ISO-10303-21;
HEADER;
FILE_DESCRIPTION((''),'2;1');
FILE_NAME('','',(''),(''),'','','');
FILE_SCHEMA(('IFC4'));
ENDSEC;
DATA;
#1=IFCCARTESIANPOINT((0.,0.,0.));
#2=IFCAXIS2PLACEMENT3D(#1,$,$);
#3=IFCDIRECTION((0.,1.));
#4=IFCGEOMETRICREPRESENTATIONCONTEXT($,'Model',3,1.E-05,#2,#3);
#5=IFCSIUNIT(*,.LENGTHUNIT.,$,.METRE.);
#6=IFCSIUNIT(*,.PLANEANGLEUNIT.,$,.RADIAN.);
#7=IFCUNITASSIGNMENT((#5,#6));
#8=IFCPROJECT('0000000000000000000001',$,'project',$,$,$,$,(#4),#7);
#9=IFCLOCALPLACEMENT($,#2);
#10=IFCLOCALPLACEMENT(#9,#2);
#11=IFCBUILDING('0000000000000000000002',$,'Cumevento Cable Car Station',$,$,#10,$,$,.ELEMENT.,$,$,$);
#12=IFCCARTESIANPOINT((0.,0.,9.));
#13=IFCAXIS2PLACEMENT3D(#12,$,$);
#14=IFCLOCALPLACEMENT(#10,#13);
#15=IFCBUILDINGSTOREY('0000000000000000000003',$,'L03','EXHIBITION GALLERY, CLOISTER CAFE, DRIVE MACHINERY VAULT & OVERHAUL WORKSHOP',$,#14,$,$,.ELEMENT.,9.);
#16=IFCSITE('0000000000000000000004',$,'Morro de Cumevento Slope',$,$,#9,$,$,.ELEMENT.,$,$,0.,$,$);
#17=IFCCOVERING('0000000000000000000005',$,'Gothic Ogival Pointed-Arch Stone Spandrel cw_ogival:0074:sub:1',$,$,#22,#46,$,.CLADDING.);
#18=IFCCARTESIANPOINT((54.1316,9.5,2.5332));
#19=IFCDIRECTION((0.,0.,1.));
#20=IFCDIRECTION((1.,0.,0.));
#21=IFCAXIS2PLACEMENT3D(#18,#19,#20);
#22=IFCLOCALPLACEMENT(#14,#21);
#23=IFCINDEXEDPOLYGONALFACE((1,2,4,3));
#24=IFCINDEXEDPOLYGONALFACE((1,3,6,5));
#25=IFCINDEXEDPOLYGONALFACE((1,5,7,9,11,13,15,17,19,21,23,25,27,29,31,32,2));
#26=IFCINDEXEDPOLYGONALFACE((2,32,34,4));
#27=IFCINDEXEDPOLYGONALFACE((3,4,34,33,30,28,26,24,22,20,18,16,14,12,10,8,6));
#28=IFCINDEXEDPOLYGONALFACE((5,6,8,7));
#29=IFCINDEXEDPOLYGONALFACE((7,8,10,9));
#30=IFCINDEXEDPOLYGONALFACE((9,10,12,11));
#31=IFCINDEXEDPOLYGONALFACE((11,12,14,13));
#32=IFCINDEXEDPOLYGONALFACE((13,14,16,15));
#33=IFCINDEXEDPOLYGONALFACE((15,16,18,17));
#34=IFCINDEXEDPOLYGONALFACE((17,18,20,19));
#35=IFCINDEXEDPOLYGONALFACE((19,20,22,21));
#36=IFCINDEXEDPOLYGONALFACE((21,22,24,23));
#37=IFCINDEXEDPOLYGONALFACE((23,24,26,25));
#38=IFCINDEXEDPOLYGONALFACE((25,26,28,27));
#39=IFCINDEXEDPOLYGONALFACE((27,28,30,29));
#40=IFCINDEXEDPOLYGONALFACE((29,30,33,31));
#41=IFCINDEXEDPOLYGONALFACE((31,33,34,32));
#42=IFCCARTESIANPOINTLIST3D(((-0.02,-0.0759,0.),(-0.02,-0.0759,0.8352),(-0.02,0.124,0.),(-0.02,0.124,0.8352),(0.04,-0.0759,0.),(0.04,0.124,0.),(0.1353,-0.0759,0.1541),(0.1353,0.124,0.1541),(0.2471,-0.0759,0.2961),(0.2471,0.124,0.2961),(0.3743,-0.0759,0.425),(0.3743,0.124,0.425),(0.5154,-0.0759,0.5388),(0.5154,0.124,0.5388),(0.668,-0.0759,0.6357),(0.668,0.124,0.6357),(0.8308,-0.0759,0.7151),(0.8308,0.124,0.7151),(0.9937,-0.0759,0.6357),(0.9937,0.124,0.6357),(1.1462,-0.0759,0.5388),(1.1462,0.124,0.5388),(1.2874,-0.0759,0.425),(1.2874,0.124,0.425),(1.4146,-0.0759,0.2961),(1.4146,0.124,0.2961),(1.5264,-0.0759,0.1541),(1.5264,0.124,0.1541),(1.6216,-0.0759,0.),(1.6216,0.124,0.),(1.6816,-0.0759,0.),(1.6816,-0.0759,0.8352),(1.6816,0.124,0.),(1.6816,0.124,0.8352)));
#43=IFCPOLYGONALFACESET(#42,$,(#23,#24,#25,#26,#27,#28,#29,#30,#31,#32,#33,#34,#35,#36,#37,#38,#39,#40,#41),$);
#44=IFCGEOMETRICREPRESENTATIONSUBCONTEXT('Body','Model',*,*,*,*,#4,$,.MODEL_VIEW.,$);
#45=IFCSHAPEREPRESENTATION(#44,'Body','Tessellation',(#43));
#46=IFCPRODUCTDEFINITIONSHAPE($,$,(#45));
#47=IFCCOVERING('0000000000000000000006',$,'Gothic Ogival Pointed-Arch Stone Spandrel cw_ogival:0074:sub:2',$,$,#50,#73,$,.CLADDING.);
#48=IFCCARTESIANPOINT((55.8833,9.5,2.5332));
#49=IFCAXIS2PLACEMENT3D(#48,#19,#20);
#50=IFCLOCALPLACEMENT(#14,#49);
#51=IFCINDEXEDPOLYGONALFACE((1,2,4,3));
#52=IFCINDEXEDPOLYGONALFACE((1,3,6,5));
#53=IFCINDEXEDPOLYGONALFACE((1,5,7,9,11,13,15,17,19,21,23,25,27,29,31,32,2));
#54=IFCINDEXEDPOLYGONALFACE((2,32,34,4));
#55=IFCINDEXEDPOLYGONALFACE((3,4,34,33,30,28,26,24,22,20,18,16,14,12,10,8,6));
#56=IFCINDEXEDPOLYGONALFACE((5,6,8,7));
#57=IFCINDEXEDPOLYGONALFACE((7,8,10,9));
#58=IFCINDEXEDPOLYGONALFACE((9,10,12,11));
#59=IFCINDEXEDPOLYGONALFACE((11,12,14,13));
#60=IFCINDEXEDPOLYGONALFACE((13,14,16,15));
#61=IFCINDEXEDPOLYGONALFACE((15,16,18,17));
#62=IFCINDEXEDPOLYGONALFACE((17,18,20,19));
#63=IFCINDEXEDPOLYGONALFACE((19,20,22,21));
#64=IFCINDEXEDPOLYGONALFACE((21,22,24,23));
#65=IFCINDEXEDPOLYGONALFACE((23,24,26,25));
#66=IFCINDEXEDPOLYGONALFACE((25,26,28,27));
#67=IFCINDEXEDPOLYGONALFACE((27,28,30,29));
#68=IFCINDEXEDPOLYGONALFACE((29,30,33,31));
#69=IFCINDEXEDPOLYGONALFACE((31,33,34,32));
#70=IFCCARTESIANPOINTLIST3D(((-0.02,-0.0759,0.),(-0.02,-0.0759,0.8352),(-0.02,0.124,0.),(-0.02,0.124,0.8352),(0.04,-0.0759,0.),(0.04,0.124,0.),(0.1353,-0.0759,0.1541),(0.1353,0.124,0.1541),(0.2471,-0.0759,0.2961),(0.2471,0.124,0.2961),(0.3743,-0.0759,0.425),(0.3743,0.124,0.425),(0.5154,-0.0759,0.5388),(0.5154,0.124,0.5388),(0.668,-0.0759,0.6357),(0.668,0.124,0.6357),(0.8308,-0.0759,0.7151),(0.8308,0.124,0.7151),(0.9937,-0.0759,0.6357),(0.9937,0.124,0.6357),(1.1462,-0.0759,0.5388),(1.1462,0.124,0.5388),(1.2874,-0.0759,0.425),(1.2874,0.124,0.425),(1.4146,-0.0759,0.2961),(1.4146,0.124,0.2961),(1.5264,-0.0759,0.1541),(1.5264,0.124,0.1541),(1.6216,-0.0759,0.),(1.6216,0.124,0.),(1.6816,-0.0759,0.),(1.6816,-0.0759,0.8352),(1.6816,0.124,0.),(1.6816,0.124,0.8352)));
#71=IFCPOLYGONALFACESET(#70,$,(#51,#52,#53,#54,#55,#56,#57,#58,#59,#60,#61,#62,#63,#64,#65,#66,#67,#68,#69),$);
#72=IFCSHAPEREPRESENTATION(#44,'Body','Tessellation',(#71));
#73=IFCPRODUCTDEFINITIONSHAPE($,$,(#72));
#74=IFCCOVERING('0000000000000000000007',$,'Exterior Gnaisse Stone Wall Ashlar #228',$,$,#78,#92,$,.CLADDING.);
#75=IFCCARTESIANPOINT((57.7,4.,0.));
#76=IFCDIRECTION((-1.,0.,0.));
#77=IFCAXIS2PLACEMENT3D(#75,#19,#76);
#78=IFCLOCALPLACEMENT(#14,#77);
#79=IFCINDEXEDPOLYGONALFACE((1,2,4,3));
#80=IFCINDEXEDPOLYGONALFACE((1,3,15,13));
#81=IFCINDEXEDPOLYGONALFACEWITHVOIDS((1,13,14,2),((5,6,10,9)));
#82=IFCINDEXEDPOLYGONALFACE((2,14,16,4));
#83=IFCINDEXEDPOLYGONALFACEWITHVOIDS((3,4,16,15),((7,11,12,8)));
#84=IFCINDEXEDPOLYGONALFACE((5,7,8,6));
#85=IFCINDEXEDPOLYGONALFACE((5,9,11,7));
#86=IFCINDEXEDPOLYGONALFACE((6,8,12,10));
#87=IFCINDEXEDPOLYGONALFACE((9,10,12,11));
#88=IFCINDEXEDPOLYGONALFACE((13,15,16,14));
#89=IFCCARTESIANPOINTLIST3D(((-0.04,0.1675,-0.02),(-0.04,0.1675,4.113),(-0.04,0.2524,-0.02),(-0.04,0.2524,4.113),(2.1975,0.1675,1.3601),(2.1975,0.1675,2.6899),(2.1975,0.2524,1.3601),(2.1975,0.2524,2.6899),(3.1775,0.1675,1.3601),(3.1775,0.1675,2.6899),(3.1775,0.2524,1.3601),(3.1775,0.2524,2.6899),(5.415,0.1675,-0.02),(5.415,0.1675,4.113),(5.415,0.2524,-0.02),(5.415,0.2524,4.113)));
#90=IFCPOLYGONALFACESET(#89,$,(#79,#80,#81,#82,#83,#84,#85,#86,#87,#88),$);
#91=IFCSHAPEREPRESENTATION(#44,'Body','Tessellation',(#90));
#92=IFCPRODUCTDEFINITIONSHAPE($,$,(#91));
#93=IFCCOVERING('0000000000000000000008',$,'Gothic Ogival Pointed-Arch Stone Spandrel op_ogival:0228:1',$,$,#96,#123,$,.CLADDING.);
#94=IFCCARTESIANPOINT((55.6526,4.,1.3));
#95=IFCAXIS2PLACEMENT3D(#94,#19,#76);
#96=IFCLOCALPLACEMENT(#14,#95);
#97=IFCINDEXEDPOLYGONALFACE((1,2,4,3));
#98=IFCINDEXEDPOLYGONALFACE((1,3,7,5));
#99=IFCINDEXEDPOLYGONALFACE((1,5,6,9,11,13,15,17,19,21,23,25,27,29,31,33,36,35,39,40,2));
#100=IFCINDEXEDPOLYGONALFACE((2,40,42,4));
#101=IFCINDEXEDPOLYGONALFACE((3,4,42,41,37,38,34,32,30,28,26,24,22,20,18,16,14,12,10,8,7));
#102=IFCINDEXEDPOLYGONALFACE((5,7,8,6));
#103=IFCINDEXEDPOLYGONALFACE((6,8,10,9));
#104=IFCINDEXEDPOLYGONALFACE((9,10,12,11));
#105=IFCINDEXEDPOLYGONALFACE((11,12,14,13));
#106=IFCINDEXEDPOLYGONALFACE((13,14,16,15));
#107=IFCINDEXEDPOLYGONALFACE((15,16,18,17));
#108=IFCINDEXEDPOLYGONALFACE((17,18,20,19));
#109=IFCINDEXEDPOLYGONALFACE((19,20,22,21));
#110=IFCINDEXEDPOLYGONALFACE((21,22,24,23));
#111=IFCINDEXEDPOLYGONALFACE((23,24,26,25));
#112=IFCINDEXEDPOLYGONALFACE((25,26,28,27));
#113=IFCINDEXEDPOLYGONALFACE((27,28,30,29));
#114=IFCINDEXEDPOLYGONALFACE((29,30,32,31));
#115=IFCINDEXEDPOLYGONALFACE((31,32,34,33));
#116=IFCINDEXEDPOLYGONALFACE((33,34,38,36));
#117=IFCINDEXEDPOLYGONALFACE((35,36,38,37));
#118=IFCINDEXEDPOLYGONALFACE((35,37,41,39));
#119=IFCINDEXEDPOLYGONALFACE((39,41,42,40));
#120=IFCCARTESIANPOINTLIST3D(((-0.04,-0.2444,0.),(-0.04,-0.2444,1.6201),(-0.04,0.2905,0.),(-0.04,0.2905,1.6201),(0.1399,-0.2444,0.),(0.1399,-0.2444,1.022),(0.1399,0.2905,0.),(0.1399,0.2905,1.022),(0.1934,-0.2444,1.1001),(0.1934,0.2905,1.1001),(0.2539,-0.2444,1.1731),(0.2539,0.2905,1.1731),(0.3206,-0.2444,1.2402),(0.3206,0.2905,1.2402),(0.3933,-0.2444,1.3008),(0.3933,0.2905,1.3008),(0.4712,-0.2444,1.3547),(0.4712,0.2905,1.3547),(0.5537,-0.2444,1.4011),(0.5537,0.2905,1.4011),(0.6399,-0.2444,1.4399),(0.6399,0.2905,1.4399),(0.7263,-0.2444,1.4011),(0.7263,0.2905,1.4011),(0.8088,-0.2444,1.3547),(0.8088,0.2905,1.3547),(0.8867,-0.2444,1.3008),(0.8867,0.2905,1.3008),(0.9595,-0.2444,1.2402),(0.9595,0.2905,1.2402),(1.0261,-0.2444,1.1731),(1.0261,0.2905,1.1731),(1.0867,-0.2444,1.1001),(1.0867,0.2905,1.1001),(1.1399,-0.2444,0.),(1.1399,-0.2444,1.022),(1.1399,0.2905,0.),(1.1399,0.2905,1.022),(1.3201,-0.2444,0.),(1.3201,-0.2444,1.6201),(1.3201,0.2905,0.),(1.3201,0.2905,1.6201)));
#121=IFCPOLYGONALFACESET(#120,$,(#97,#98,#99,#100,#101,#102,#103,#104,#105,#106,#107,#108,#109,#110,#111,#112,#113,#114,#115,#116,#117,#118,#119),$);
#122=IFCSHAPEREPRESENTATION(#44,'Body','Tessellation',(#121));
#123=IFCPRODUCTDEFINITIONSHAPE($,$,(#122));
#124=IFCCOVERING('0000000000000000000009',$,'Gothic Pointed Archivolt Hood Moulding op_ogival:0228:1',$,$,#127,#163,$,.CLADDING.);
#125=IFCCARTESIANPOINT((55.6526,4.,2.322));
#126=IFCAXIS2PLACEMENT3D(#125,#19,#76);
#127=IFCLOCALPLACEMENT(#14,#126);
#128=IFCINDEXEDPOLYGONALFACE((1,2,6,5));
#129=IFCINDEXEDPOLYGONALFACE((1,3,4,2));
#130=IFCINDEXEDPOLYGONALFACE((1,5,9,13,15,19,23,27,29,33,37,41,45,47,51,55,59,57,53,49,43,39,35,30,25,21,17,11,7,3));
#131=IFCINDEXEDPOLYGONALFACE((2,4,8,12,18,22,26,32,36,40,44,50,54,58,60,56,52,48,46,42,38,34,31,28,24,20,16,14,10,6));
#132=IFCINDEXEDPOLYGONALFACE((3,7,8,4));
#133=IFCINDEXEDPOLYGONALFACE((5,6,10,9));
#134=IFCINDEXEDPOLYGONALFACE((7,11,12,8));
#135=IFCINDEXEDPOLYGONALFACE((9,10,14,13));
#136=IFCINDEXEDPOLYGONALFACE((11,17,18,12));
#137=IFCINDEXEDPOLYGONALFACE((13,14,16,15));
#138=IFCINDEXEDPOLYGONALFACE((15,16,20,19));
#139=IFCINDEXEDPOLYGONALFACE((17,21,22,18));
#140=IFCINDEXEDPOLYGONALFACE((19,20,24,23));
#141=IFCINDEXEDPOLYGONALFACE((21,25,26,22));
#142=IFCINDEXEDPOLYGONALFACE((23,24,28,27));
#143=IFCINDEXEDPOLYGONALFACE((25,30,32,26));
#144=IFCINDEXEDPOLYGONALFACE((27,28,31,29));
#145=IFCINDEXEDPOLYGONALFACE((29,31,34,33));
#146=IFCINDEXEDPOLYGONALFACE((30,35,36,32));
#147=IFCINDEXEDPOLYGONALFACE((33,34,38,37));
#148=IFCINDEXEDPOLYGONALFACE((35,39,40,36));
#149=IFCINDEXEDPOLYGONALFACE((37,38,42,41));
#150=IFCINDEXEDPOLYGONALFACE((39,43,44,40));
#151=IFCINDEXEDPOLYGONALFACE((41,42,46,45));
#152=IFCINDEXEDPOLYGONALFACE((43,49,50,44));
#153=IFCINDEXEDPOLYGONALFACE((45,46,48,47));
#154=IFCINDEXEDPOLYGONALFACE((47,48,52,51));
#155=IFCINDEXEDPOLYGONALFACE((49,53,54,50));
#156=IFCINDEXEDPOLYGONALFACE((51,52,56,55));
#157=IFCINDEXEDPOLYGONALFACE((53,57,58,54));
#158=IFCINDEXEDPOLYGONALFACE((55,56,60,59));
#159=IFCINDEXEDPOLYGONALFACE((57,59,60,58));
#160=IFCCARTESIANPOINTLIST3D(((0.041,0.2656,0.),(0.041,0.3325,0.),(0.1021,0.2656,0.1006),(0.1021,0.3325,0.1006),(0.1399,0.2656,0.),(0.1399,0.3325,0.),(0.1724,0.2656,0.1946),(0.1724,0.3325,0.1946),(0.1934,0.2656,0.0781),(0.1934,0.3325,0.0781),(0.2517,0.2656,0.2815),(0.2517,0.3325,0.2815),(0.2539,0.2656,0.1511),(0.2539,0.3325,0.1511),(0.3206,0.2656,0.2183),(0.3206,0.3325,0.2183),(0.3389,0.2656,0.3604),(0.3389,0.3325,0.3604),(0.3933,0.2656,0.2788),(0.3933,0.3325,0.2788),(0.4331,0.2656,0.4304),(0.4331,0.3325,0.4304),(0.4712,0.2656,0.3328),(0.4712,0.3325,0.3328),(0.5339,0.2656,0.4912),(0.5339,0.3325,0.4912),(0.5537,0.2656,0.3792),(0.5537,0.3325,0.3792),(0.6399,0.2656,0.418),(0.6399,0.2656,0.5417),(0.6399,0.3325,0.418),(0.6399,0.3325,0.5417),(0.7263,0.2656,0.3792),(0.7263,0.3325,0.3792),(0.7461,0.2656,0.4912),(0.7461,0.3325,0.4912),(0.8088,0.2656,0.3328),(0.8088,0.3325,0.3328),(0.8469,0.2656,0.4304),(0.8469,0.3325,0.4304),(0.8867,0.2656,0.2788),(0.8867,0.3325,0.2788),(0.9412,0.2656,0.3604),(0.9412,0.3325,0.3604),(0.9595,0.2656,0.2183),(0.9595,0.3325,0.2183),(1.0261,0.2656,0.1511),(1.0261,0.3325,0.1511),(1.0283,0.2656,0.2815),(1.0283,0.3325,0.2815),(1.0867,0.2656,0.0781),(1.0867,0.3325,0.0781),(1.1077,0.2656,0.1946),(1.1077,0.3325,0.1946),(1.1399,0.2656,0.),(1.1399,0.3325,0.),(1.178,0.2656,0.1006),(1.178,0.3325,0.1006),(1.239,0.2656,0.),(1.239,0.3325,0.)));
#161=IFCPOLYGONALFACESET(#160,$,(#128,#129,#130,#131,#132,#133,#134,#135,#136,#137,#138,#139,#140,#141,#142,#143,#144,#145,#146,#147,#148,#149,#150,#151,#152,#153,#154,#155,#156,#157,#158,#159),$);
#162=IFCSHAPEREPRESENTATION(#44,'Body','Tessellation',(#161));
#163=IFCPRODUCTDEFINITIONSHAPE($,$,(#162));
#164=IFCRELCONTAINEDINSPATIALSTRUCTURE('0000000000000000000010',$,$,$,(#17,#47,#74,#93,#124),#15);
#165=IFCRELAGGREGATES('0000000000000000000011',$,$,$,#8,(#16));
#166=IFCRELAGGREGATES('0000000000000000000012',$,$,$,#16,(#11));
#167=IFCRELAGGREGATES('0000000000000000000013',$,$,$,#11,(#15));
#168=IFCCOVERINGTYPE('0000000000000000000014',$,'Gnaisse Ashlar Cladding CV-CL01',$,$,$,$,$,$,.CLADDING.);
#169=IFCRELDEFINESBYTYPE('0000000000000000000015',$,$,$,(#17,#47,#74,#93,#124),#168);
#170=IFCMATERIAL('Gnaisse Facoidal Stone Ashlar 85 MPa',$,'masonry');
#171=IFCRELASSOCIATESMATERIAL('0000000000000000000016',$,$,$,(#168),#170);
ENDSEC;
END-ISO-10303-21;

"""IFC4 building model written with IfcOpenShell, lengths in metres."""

from ifc_helpers import new_model, si_unit, direction, frame, origin, place, context, subcontext, project, spatial, polyline, outline, extrude, material, type_object, element, save


model = new_model("IFC4")

# Units and contexts
model_context = context("Model", 3, precision=1e-05, world=origin(), true_north=direction((0.0, 1.0)))
body_context = subcontext(model_context, "Body", "Model", "MODEL_VIEW")
ifc_project = project(units=[si_unit("LENGTHUNIT", "METRE"), si_unit("PLANEANGLEUNIT", "RADIAN")], contexts=[model_context])

# Site, building, storey
site_placement = place(None, origin())
site = spatial("IfcSite", under=ifc_project, at=site_placement, Name="Morro de Cumevento Slope", CompositionType="ELEMENT", RefElevation=0.0)
building_placement = place(site_placement, origin())
building = spatial("IfcBuilding", under=site, at=building_placement, Name="Cumevento Cable Car Station", CompositionType="ELEMENT")
storey_placement = place(building_placement, frame((0.0, 0.0, 9.0)))
storey = spatial("IfcBuildingStorey", under=building, at=storey_placement, Name="L03", Description="EXHIBITION GALLERY, CLOISTER CAFE, DRIVE MACHINERY VAULT & OVERHAUL WORKSHOP", CompositionType="ELEMENT", Elevation=9.0)

# Coverings
ifc_material_1 = material(Name="Gnaisse Facoidal Stone Ashlar 85 MPa", Category="masonry")
covering_type = type_object("IfcCoveringType", Name="Gnaisse Ashlar Cladding CV-CL01", PredefinedType="CLADDING", material=ifc_material_1)
for number, where, z_axis, x_axis, name in (
    (1, (54.1316, 9.5, 2.5332), (0.0, 0.0, 1.0), (1.0, 0.0, 0.0), "Gothic Ogival Pointed-Arch Stone Spandrel cw_ogival:0074:sub:1"),
    (2, (55.8833, 9.5, 2.5332), (0.0, 0.0, 1.0), (1.0, 0.0, 0.0), "Gothic Ogival Pointed-Arch Stone Spandrel cw_ogival:0074:sub:2"),
):
    element("IfcCovering", number, at=place(storey_placement, frame(where, z_axis=z_axis, x_axis=x_axis)), inside=storey, type_object=covering_type, Name=name, PredefinedType="CLADDING", context=body_context, shape_type="SweptSolid", body=[
        extrude(outline(polyline([(-0.02, 0.0), (-0.02, 0.8352), (1.6816, 0.8352), (1.6816, 0.0), (1.6216, 0.0), (1.5264, 0.1541), (1.4146, 0.2961), (1.2874, 0.425), (1.1462, 0.5388), (0.9937, 0.6357), (0.8308, 0.7151), (0.668, 0.6357), (0.5154, 0.5388), (0.3743, 0.425), (0.2471, 0.2961), (0.1353, 0.1541), (0.04, 0.0), (-0.02, 0.0)])), frame((0.0, 0.124, 0.0), z_axis=(0.0, -1.0, 0.0), x_axis=(1.0, 0.0, 0.0)), (0.0, 0.0, 1.0), 0.2),
    ])
covering_1_placement = place(storey_placement, frame((57.7, 4.0, 0.0), z_axis=(0.0, 0.0, 1.0), x_axis=(-1.0, 0.0, 0.0)))
element("IfcCovering", 3, at=covering_1_placement, inside=storey, type_object=covering_type, Name="Exterior Gnaisse Stone Wall Ashlar #228", PredefinedType="CLADDING", context=body_context, shape_type="SweptSolid", body=[
    extrude(outline(polyline([(-0.04, -0.02), (5.415, -0.02), (5.415, 4.113), (-0.04, 4.113), (-0.04, -0.02)]), holes=[polyline([(2.1975, 1.3601), (3.1775, 1.3601), (3.1775, 2.6899), (2.1975, 2.6899), (2.1975, 1.3601)])]), frame((0.0, 0.2524, 0.0), z_axis=(0.0, -1.0, 0.0), x_axis=(1.0, 0.0, 0.0)), (0.0, 0.0, 1.0), 0.085),
])
covering_2_placement = place(storey_placement, frame((55.6526, 4.0, 1.3), z_axis=(0.0, 0.0, 1.0), x_axis=(-1.0, 0.0, 0.0)))
element("IfcCovering", 4, at=covering_2_placement, inside=storey, type_object=covering_type, Name="Gothic Ogival Pointed-Arch Stone Spandrel op_ogival:0228:1", PredefinedType="CLADDING", context=body_context, shape_type="SweptSolid", body=[
    extrude(outline(polyline([(-0.04, 0.0), (-0.04, 1.6201), (1.3201, 1.6201), (1.3201, 0.0), (1.1399, 0.0), (1.1399, 1.022), (1.0867, 1.1001), (1.0261, 1.1731), (0.9595, 1.2402), (0.8867, 1.3008), (0.8088, 1.3547), (0.7263, 1.4011), (0.6399, 1.4399), (0.5537, 1.4011), (0.4712, 1.3547), (0.3933, 1.3008), (0.3206, 1.2402), (0.2539, 1.1731), (0.1934, 1.1001), (0.1399, 1.022), (0.1399, 0.0), (-0.04, 0.0)])), frame((0.0, 0.2905, 0.0), z_axis=(0.0, -1.0, 0.0), x_axis=(1.0, 0.0, 0.0)), (0.0, 0.0, 1.0), 0.5349),
])
covering_3_placement = place(storey_placement, frame((55.6526, 4.0, 2.322), z_axis=(0.0, 0.0, 1.0), x_axis=(-1.0, 0.0, 0.0)))
element("IfcCovering", 5, at=covering_3_placement, inside=storey, type_object=covering_type, Name="Gothic Pointed Archivolt Hood Moulding op_ogival:0228:1", PredefinedType="CLADDING", context=body_context, shape_type="SweptSolid", body=[
    extrude(outline(polyline([(0.1399, 0.0), (0.1934, 0.0781), (0.2539, 0.1511), (0.3206, 0.2183), (0.3933, 0.2788), (0.4712, 0.3328), (0.5537, 0.3792), (0.6399, 0.418), (0.7263, 0.3792), (0.8088, 0.3328), (0.8867, 0.2788), (0.9595, 0.2183), (1.0261, 0.1511), (1.0867, 0.0781), (1.1399, 0.0), (1.239, 0.0), (1.178, 0.1006), (1.1077, 0.1946), (1.0283, 0.2815), (0.9412, 0.3604), (0.8469, 0.4304), (0.7461, 0.4912), (0.6399, 0.5417), (0.5339, 0.4912), (0.4331, 0.4304), (0.3389, 0.3604), (0.2517, 0.2815), (0.1724, 0.1946), (0.1021, 0.1006), (0.041, 0.0), (0.1399, 0.0)])), frame((0.0, 0.3325, 0.0), z_axis=(0.0, -1.0, 0.0), x_axis=(1.0, 0.0, 0.0)), (0.0, 0.0, 1.0), 0.0669),
])

save(model, "model.ifc")
